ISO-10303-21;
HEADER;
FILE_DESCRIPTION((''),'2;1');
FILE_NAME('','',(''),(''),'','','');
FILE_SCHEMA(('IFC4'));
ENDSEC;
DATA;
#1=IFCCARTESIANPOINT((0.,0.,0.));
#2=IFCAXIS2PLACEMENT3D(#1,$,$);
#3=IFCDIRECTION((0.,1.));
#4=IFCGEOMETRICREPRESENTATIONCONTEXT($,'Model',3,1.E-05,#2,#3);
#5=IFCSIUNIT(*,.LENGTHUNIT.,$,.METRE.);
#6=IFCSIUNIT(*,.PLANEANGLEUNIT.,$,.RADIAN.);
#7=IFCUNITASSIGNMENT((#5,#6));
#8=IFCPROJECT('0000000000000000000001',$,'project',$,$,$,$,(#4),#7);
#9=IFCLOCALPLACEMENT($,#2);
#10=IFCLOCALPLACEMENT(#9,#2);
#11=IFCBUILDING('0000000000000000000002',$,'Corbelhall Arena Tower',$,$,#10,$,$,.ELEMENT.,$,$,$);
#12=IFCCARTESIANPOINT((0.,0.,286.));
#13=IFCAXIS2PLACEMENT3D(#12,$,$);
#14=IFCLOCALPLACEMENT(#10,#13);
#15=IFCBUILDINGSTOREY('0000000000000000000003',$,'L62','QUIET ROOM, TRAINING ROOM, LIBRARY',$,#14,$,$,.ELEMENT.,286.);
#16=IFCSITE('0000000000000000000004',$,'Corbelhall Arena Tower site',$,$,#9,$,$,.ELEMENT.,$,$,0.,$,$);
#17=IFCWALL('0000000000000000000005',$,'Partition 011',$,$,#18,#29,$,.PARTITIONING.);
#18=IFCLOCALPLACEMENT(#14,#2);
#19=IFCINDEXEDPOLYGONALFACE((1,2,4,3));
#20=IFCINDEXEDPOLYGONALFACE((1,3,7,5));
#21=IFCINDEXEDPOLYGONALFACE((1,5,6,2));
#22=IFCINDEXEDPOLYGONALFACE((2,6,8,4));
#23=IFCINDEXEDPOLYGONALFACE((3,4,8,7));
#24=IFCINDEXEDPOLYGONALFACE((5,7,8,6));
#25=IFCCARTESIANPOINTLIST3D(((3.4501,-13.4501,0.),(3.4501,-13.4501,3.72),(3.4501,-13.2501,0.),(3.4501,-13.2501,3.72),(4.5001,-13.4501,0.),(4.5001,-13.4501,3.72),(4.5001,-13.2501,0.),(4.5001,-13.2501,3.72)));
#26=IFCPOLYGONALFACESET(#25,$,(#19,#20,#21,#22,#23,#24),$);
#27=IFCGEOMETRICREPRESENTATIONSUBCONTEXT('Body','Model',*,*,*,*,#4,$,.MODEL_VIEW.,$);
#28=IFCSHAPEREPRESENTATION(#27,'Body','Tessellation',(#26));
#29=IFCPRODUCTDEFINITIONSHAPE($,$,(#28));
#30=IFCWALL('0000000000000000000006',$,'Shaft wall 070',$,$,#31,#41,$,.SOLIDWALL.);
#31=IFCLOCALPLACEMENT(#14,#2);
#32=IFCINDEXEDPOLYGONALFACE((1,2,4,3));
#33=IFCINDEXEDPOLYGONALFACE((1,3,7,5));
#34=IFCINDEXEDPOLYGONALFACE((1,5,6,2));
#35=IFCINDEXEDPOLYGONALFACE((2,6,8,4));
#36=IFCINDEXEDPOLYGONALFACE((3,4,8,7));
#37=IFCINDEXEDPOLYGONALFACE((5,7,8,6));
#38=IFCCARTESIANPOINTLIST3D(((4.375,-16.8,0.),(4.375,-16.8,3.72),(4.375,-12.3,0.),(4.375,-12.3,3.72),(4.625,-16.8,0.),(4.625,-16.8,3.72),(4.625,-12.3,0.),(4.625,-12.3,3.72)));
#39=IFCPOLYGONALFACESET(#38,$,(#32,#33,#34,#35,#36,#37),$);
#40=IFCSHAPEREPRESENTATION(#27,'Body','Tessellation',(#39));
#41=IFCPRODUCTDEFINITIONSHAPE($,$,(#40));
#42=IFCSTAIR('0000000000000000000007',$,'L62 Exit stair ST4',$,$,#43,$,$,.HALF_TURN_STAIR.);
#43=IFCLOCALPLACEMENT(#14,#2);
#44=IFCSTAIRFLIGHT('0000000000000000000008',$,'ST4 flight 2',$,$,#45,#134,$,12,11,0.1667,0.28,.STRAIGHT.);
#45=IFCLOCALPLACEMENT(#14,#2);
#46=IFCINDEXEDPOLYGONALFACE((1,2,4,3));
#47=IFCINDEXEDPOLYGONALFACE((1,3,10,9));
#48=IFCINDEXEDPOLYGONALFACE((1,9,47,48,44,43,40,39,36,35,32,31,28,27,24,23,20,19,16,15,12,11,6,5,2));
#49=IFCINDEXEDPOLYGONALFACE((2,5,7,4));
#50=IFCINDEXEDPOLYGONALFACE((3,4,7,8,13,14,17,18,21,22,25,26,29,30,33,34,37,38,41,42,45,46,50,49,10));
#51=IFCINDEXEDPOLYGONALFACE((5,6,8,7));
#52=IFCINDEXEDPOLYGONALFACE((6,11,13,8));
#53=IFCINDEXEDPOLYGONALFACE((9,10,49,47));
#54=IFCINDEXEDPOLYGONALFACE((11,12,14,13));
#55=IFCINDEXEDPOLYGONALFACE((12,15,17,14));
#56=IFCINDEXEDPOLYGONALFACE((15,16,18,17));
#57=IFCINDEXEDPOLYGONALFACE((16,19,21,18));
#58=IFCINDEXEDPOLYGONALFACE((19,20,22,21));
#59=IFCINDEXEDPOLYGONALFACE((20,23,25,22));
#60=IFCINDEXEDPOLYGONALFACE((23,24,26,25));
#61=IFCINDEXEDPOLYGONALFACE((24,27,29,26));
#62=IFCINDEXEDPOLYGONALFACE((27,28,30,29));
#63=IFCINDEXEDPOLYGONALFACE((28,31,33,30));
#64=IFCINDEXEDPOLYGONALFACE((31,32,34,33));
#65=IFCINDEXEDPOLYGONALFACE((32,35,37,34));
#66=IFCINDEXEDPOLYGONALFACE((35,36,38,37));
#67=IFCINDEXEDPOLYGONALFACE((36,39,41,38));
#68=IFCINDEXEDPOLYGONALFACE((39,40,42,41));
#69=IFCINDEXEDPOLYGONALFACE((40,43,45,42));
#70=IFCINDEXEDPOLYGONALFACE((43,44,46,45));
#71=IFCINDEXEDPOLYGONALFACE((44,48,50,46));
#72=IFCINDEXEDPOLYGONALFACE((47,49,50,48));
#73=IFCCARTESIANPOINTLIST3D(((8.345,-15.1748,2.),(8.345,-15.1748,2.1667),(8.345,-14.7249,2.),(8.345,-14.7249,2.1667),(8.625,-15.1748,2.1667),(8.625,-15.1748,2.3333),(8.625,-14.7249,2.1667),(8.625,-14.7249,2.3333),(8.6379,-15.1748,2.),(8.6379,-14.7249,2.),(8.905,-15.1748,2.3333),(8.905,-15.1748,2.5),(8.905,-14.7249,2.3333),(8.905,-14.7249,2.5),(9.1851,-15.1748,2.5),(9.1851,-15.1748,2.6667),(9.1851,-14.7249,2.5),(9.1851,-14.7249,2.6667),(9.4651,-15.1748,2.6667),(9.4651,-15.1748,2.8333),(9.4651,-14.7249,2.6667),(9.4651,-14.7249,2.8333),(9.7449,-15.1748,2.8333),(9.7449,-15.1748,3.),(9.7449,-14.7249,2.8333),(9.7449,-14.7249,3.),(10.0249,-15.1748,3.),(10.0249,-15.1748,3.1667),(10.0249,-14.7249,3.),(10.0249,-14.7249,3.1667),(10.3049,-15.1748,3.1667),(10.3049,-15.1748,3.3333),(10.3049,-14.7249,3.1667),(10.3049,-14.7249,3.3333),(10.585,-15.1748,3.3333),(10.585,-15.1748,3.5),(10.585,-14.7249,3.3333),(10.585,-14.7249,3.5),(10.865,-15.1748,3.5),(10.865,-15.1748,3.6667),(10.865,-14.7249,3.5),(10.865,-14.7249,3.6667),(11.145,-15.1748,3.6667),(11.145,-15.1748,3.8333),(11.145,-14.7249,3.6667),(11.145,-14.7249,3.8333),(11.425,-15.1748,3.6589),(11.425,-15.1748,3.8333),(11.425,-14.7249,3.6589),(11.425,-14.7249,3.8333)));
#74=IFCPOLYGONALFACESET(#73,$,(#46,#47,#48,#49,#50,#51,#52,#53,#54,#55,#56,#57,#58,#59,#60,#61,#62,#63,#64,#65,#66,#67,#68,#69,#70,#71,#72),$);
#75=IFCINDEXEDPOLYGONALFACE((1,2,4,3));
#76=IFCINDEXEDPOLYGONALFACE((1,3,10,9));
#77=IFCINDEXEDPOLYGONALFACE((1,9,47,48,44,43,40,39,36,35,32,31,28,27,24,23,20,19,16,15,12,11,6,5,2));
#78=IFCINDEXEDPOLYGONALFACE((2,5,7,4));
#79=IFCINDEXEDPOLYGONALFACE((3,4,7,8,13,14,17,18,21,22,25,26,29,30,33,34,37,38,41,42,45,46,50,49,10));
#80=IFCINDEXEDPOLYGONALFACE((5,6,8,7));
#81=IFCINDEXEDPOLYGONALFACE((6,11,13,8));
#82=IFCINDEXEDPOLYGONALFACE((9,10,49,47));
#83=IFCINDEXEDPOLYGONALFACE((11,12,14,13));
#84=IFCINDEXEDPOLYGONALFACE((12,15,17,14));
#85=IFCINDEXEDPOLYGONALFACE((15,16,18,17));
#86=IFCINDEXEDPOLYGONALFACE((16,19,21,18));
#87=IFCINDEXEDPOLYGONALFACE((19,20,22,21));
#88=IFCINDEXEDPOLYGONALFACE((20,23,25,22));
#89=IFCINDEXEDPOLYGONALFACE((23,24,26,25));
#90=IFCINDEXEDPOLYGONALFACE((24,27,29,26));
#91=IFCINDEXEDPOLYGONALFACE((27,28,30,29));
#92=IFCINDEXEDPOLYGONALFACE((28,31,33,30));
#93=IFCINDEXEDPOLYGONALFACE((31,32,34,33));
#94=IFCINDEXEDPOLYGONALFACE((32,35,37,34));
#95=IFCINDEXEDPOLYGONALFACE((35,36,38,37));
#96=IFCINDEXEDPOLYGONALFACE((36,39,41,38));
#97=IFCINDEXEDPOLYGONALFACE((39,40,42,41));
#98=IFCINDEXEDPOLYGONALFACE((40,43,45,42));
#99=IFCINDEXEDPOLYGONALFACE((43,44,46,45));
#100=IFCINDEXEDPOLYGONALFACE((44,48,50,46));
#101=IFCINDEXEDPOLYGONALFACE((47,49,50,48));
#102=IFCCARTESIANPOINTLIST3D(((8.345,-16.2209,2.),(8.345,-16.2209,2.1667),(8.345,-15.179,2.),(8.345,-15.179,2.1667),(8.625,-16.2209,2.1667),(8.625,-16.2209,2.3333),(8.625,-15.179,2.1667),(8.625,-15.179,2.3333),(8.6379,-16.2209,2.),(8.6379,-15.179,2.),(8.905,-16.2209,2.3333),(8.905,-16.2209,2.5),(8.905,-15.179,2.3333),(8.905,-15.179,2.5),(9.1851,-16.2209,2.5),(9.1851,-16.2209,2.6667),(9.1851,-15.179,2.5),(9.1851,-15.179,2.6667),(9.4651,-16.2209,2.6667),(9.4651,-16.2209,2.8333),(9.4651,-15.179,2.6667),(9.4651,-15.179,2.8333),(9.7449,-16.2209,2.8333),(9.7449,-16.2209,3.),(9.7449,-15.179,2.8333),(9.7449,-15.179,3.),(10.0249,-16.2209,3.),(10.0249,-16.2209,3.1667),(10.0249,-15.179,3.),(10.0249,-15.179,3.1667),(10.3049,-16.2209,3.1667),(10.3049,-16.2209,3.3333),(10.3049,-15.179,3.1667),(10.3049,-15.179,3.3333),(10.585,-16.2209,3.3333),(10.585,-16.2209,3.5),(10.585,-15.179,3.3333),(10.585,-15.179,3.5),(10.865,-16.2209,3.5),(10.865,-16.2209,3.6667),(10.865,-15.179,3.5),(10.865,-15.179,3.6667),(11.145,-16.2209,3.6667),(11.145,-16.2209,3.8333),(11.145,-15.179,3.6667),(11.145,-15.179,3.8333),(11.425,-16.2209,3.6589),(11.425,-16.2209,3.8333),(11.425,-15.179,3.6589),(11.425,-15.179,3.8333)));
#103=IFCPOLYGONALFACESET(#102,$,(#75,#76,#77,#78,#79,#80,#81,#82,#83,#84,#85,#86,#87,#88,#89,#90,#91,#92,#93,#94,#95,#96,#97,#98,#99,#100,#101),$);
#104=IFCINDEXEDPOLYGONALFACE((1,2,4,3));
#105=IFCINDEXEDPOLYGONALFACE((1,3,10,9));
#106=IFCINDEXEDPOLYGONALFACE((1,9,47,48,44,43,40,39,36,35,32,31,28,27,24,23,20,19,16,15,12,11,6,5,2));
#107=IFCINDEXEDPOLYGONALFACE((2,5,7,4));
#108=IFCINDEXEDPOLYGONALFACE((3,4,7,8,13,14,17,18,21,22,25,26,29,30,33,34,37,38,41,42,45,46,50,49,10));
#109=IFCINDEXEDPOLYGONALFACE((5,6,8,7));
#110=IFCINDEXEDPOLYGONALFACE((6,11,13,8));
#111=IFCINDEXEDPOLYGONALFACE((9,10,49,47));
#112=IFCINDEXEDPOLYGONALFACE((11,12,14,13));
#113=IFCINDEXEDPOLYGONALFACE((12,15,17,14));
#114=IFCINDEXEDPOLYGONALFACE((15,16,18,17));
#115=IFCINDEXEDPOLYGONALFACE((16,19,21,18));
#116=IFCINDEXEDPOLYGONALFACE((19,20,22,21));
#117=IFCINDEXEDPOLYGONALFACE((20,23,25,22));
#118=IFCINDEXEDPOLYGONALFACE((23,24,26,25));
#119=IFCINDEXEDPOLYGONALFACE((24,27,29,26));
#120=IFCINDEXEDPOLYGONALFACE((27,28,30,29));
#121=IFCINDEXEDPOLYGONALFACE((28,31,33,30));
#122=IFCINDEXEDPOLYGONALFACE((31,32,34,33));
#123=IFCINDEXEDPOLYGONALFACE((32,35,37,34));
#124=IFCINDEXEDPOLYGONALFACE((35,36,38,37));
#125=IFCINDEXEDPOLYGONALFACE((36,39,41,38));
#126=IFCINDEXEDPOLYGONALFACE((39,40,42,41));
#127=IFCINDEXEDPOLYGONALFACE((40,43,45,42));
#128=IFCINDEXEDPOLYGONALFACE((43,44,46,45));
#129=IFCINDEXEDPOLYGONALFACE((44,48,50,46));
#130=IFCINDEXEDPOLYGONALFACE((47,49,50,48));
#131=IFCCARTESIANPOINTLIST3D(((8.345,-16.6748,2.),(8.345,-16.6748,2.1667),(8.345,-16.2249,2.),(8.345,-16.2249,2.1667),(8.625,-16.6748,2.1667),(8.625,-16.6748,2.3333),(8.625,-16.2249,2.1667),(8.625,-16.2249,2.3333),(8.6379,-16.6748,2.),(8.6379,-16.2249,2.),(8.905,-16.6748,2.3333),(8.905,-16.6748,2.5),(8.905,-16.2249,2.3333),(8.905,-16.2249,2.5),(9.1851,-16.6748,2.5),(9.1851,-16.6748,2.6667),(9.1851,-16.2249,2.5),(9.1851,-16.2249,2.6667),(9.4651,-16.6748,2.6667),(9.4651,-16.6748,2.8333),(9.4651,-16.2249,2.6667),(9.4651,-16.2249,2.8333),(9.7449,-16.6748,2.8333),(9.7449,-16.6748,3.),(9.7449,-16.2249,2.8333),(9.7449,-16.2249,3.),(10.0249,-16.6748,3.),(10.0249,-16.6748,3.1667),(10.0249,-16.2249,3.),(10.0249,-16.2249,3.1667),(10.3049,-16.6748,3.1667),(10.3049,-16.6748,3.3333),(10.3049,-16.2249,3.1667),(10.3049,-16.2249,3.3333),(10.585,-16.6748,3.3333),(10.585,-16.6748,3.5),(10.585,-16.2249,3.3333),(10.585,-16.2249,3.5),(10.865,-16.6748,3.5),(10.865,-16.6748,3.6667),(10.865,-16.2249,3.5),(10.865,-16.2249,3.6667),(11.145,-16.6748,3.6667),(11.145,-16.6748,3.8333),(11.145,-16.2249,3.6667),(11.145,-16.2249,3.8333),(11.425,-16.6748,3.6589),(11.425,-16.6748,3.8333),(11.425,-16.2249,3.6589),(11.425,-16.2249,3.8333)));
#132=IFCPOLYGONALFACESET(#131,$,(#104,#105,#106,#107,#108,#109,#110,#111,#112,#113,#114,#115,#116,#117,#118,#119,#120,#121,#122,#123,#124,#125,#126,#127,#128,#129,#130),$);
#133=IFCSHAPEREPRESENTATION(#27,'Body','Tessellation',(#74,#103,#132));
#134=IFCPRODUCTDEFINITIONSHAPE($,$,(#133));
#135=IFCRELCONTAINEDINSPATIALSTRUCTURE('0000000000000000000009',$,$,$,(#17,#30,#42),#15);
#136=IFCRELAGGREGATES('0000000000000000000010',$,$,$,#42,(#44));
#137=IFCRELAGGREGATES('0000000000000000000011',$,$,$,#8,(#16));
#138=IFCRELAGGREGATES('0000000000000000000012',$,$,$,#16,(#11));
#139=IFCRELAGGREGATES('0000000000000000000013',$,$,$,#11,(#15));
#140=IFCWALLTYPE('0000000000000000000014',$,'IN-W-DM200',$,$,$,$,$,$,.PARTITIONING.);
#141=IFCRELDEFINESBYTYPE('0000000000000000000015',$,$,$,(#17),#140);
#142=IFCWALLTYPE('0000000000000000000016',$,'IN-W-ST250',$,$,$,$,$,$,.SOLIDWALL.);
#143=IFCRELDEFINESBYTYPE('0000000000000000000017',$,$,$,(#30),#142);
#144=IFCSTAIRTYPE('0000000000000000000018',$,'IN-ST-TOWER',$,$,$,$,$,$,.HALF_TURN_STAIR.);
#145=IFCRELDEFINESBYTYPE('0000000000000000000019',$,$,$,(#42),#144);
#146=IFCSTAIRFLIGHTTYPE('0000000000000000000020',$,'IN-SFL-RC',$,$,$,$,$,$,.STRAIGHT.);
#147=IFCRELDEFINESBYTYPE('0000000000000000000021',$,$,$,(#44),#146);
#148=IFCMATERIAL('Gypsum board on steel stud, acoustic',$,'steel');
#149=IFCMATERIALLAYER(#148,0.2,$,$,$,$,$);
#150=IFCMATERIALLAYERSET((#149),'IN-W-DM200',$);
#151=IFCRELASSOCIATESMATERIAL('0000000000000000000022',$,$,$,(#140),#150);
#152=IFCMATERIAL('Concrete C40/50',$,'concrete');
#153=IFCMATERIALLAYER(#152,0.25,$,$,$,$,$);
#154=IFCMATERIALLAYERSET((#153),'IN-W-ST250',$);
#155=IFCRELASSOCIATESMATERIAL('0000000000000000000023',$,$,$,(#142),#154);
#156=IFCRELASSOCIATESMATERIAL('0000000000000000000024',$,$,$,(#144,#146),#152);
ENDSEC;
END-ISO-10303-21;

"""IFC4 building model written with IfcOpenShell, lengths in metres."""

from ifc_helpers import new_model, si_unit, direction, frame, frame_2d, origin, place, context, subcontext, project, spatial, polyline, rectangle, outline, extrude, material, layer, layer_set, type_object, element, aggregate, save


model = new_model("IFC4")

# Units and contexts
model_context = context("Model", 3, precision=1e-05, world=origin(), true_north=direction((0.0, 1.0)))
body_context = subcontext(model_context, "Body", "Model", "MODEL_VIEW")
ifc_project = project(units=[si_unit("LENGTHUNIT", "METRE"), si_unit("PLANEANGLEUNIT", "RADIAN")], contexts=[model_context])

# Site, building, storey
site_placement = place(None, origin())
site = spatial("IfcSite", under=ifc_project, at=site_placement, Name="Corbelhall Arena Tower site", CompositionType="ELEMENT", RefElevation=0.0)
building_placement = place(site_placement, origin())
building = spatial("IfcBuilding", under=site, at=building_placement, Name="Corbelhall Arena Tower", CompositionType="ELEMENT")
storey_placement = place(building_placement, frame((0.0, 0.0, 286.0)))
storey = spatial("IfcBuildingStorey", under=building, at=storey_placement, Name="L62", Description="QUIET ROOM, TRAINING ROOM, LIBRARY", CompositionType="ELEMENT", Elevation=286.0)

# Wall
ifc_material_1 = material(Name="Gypsum board on steel stud, acoustic", Category="steel")
ifc_layer_1 = layer(ifc_material_1, 0.2)
ifc_layer_set_1 = layer_set([ifc_layer_1], Name="IN-W-DM200")
wall_type_1 = type_object("IfcWallType", Name="IN-W-DM200", PredefinedType="PARTITIONING", material=ifc_layer_set_1)
wall_1_placement = place(storey_placement, frame((4.5, -13.3501, 0.0), z_axis=(0.0, 0.0, 1.0), x_axis=(-1.0, 0.0, 0.0)))
element("IfcWall", 1, at=wall_1_placement, inside=storey, type_object=wall_type_1, Name="Partition 011", PredefinedType="PARTITIONING", context=body_context, shape_type="SweptSolid", body=[
    extrude(rectangle(XDim=1.05, YDim=0.2, at=frame_2d((0.5249, 0.0))), origin(), (0.0, 0.0, 1.0), 3.72),
])

# Wall
ifc_material_2 = material(Name="Concrete C40/50", Category="concrete")
ifc_layer_2 = layer(ifc_material_2, 0.25)
ifc_layer_set_2 = layer_set([ifc_layer_2], Name="IN-W-ST250")
wall_type_2 = type_object("IfcWallType", Name="IN-W-ST250", PredefinedType="SOLIDWALL", material=ifc_layer_set_2)
wall_2_placement = place(storey_placement, frame((4.5, -16.8, 0.0), z_axis=(0.0, 0.0, 1.0), x_axis=(0.0, 1.0, 0.0)))
element("IfcWall", 2, at=wall_2_placement, inside=storey, type_object=wall_type_2, Name="Shaft wall 070", PredefinedType="SOLIDWALL", context=body_context, shape_type="SweptSolid", body=[
    extrude(rectangle(XDim=4.5, YDim=0.25, at=frame_2d((2.25, 0.0))), origin(), (0.0, 0.0, 1.0), 3.72),
])

# Stair, stair flight
stair_type = type_object("IfcStairType", Name="IN-ST-TOWER", PredefinedType="HALF_TURN_STAIR", material=ifc_material_2)
stair_placement = place(storey_placement, origin())
stair = element("IfcStair", 3, at=stair_placement, inside=storey, type_object=stair_type, Name="L62 Exit stair ST4", PredefinedType="HALF_TURN_STAIR")
stair_flight_type = type_object("IfcStairFlightType", Name="IN-SFL-RC", PredefinedType="STRAIGHT", material=ifc_material_2)
stair_flight_placement = place(storey_placement, frame((8.345, -15.7, 2.0), z_axis=(0.0, 0.0, 1.0), x_axis=(1.0, 0.0, 0.0)))
stair_flight = element("IfcStairFlight", 4, at=stair_flight_placement, type_object=stair_flight_type, Name="ST4 flight 2", NumberOfRisers=12, NumberOfTreads=11, PredefinedType="STRAIGHT", RiserHeight=0.1667, TreadLength=0.28, context=body_context, shape_type="SweptSolid", body=[
    extrude(outline(polyline([(0.0, 0.0), (0.0, 0.1667), (0.28, 0.1667), (0.28, 0.3333), (0.5601, 0.3333), (0.5601, 0.5), (0.8401, 0.5), (0.8401, 0.6667), (1.1201, 0.6667), (1.1201, 0.8333), (1.3999, 0.8333), (1.3999, 1.0), (1.6799, 1.0), (1.6799, 1.1667), (1.96, 1.1667), (1.96, 1.3333), (2.24, 1.3333), (2.24, 1.5), (2.52, 1.5), (2.52, 1.6667), (2.8, 1.6667), (2.8, 1.8333), (3.0801, 1.8333), (3.0801, 2.0), (3.0801, 1.6589), (0.293, 0.0), (0.0, 0.0)])), frame((0.0, 0.9751, 0.0), z_axis=(0.0, -1.0, 0.0), x_axis=(1.0, 0.0, 0.0)), (0.0, 0.0, 1.0), 0.45),
    extrude(outline(polyline([(0.0, 0.0), (0.0, 0.1667), (0.28, 0.1667), (0.28, 0.3333), (0.5601, 0.3333), (0.5601, 0.5), (0.8401, 0.5), (0.8401, 0.6667), (1.1201, 0.6667), (1.1201, 0.8333), (1.3999, 0.8333), (1.3999, 1.0), (1.6799, 1.0), (1.6799, 1.1667), (1.96, 1.1667), (1.96, 1.3333), (2.24, 1.3333), (2.24, 1.5), (2.52, 1.5), (2.52, 1.6667), (2.8, 1.6667), (2.8, 1.8333), (3.0801, 1.8333), (3.0801, 2.0), (3.0801, 1.6589), (0.293, 0.0), (0.0, 0.0)])), frame((0.0, 0.521, 0.0), z_axis=(0.0, -1.0, 0.0), x_axis=(1.0, 0.0, 0.0)), (0.0, 0.0, 1.0), 1.042),
    extrude(outline(polyline([(0.0, 0.0), (0.0, 0.1667), (0.28, 0.1667), (0.28, 0.3333), (0.5601, 0.3333), (0.5601, 0.5), (0.8401, 0.5), (0.8401, 0.6667), (1.1201, 0.6667), (1.1201, 0.8333), (1.3999, 0.8333), (1.3999, 1.0), (1.6799, 1.0), (1.6799, 1.1667), (1.96, 1.1667), (1.96, 1.3333), (2.24, 1.3333), (2.24, 1.5), (2.52, 1.5), (2.52, 1.6667), (2.8, 1.6667), (2.8, 1.8333), (3.0801, 1.8333), (3.0801, 2.0), (3.0801, 1.6589), (0.293, 0.0), (0.0, 0.0)])), frame((0.0, -0.5249, 0.0), z_axis=(0.0, -1.0, 0.0), x_axis=(1.0, 0.0, 0.0)), (0.0, 0.0, 1.0), 0.45),
])
aggregate(stair, [stair_flight])

save(model, "model.ifc")
